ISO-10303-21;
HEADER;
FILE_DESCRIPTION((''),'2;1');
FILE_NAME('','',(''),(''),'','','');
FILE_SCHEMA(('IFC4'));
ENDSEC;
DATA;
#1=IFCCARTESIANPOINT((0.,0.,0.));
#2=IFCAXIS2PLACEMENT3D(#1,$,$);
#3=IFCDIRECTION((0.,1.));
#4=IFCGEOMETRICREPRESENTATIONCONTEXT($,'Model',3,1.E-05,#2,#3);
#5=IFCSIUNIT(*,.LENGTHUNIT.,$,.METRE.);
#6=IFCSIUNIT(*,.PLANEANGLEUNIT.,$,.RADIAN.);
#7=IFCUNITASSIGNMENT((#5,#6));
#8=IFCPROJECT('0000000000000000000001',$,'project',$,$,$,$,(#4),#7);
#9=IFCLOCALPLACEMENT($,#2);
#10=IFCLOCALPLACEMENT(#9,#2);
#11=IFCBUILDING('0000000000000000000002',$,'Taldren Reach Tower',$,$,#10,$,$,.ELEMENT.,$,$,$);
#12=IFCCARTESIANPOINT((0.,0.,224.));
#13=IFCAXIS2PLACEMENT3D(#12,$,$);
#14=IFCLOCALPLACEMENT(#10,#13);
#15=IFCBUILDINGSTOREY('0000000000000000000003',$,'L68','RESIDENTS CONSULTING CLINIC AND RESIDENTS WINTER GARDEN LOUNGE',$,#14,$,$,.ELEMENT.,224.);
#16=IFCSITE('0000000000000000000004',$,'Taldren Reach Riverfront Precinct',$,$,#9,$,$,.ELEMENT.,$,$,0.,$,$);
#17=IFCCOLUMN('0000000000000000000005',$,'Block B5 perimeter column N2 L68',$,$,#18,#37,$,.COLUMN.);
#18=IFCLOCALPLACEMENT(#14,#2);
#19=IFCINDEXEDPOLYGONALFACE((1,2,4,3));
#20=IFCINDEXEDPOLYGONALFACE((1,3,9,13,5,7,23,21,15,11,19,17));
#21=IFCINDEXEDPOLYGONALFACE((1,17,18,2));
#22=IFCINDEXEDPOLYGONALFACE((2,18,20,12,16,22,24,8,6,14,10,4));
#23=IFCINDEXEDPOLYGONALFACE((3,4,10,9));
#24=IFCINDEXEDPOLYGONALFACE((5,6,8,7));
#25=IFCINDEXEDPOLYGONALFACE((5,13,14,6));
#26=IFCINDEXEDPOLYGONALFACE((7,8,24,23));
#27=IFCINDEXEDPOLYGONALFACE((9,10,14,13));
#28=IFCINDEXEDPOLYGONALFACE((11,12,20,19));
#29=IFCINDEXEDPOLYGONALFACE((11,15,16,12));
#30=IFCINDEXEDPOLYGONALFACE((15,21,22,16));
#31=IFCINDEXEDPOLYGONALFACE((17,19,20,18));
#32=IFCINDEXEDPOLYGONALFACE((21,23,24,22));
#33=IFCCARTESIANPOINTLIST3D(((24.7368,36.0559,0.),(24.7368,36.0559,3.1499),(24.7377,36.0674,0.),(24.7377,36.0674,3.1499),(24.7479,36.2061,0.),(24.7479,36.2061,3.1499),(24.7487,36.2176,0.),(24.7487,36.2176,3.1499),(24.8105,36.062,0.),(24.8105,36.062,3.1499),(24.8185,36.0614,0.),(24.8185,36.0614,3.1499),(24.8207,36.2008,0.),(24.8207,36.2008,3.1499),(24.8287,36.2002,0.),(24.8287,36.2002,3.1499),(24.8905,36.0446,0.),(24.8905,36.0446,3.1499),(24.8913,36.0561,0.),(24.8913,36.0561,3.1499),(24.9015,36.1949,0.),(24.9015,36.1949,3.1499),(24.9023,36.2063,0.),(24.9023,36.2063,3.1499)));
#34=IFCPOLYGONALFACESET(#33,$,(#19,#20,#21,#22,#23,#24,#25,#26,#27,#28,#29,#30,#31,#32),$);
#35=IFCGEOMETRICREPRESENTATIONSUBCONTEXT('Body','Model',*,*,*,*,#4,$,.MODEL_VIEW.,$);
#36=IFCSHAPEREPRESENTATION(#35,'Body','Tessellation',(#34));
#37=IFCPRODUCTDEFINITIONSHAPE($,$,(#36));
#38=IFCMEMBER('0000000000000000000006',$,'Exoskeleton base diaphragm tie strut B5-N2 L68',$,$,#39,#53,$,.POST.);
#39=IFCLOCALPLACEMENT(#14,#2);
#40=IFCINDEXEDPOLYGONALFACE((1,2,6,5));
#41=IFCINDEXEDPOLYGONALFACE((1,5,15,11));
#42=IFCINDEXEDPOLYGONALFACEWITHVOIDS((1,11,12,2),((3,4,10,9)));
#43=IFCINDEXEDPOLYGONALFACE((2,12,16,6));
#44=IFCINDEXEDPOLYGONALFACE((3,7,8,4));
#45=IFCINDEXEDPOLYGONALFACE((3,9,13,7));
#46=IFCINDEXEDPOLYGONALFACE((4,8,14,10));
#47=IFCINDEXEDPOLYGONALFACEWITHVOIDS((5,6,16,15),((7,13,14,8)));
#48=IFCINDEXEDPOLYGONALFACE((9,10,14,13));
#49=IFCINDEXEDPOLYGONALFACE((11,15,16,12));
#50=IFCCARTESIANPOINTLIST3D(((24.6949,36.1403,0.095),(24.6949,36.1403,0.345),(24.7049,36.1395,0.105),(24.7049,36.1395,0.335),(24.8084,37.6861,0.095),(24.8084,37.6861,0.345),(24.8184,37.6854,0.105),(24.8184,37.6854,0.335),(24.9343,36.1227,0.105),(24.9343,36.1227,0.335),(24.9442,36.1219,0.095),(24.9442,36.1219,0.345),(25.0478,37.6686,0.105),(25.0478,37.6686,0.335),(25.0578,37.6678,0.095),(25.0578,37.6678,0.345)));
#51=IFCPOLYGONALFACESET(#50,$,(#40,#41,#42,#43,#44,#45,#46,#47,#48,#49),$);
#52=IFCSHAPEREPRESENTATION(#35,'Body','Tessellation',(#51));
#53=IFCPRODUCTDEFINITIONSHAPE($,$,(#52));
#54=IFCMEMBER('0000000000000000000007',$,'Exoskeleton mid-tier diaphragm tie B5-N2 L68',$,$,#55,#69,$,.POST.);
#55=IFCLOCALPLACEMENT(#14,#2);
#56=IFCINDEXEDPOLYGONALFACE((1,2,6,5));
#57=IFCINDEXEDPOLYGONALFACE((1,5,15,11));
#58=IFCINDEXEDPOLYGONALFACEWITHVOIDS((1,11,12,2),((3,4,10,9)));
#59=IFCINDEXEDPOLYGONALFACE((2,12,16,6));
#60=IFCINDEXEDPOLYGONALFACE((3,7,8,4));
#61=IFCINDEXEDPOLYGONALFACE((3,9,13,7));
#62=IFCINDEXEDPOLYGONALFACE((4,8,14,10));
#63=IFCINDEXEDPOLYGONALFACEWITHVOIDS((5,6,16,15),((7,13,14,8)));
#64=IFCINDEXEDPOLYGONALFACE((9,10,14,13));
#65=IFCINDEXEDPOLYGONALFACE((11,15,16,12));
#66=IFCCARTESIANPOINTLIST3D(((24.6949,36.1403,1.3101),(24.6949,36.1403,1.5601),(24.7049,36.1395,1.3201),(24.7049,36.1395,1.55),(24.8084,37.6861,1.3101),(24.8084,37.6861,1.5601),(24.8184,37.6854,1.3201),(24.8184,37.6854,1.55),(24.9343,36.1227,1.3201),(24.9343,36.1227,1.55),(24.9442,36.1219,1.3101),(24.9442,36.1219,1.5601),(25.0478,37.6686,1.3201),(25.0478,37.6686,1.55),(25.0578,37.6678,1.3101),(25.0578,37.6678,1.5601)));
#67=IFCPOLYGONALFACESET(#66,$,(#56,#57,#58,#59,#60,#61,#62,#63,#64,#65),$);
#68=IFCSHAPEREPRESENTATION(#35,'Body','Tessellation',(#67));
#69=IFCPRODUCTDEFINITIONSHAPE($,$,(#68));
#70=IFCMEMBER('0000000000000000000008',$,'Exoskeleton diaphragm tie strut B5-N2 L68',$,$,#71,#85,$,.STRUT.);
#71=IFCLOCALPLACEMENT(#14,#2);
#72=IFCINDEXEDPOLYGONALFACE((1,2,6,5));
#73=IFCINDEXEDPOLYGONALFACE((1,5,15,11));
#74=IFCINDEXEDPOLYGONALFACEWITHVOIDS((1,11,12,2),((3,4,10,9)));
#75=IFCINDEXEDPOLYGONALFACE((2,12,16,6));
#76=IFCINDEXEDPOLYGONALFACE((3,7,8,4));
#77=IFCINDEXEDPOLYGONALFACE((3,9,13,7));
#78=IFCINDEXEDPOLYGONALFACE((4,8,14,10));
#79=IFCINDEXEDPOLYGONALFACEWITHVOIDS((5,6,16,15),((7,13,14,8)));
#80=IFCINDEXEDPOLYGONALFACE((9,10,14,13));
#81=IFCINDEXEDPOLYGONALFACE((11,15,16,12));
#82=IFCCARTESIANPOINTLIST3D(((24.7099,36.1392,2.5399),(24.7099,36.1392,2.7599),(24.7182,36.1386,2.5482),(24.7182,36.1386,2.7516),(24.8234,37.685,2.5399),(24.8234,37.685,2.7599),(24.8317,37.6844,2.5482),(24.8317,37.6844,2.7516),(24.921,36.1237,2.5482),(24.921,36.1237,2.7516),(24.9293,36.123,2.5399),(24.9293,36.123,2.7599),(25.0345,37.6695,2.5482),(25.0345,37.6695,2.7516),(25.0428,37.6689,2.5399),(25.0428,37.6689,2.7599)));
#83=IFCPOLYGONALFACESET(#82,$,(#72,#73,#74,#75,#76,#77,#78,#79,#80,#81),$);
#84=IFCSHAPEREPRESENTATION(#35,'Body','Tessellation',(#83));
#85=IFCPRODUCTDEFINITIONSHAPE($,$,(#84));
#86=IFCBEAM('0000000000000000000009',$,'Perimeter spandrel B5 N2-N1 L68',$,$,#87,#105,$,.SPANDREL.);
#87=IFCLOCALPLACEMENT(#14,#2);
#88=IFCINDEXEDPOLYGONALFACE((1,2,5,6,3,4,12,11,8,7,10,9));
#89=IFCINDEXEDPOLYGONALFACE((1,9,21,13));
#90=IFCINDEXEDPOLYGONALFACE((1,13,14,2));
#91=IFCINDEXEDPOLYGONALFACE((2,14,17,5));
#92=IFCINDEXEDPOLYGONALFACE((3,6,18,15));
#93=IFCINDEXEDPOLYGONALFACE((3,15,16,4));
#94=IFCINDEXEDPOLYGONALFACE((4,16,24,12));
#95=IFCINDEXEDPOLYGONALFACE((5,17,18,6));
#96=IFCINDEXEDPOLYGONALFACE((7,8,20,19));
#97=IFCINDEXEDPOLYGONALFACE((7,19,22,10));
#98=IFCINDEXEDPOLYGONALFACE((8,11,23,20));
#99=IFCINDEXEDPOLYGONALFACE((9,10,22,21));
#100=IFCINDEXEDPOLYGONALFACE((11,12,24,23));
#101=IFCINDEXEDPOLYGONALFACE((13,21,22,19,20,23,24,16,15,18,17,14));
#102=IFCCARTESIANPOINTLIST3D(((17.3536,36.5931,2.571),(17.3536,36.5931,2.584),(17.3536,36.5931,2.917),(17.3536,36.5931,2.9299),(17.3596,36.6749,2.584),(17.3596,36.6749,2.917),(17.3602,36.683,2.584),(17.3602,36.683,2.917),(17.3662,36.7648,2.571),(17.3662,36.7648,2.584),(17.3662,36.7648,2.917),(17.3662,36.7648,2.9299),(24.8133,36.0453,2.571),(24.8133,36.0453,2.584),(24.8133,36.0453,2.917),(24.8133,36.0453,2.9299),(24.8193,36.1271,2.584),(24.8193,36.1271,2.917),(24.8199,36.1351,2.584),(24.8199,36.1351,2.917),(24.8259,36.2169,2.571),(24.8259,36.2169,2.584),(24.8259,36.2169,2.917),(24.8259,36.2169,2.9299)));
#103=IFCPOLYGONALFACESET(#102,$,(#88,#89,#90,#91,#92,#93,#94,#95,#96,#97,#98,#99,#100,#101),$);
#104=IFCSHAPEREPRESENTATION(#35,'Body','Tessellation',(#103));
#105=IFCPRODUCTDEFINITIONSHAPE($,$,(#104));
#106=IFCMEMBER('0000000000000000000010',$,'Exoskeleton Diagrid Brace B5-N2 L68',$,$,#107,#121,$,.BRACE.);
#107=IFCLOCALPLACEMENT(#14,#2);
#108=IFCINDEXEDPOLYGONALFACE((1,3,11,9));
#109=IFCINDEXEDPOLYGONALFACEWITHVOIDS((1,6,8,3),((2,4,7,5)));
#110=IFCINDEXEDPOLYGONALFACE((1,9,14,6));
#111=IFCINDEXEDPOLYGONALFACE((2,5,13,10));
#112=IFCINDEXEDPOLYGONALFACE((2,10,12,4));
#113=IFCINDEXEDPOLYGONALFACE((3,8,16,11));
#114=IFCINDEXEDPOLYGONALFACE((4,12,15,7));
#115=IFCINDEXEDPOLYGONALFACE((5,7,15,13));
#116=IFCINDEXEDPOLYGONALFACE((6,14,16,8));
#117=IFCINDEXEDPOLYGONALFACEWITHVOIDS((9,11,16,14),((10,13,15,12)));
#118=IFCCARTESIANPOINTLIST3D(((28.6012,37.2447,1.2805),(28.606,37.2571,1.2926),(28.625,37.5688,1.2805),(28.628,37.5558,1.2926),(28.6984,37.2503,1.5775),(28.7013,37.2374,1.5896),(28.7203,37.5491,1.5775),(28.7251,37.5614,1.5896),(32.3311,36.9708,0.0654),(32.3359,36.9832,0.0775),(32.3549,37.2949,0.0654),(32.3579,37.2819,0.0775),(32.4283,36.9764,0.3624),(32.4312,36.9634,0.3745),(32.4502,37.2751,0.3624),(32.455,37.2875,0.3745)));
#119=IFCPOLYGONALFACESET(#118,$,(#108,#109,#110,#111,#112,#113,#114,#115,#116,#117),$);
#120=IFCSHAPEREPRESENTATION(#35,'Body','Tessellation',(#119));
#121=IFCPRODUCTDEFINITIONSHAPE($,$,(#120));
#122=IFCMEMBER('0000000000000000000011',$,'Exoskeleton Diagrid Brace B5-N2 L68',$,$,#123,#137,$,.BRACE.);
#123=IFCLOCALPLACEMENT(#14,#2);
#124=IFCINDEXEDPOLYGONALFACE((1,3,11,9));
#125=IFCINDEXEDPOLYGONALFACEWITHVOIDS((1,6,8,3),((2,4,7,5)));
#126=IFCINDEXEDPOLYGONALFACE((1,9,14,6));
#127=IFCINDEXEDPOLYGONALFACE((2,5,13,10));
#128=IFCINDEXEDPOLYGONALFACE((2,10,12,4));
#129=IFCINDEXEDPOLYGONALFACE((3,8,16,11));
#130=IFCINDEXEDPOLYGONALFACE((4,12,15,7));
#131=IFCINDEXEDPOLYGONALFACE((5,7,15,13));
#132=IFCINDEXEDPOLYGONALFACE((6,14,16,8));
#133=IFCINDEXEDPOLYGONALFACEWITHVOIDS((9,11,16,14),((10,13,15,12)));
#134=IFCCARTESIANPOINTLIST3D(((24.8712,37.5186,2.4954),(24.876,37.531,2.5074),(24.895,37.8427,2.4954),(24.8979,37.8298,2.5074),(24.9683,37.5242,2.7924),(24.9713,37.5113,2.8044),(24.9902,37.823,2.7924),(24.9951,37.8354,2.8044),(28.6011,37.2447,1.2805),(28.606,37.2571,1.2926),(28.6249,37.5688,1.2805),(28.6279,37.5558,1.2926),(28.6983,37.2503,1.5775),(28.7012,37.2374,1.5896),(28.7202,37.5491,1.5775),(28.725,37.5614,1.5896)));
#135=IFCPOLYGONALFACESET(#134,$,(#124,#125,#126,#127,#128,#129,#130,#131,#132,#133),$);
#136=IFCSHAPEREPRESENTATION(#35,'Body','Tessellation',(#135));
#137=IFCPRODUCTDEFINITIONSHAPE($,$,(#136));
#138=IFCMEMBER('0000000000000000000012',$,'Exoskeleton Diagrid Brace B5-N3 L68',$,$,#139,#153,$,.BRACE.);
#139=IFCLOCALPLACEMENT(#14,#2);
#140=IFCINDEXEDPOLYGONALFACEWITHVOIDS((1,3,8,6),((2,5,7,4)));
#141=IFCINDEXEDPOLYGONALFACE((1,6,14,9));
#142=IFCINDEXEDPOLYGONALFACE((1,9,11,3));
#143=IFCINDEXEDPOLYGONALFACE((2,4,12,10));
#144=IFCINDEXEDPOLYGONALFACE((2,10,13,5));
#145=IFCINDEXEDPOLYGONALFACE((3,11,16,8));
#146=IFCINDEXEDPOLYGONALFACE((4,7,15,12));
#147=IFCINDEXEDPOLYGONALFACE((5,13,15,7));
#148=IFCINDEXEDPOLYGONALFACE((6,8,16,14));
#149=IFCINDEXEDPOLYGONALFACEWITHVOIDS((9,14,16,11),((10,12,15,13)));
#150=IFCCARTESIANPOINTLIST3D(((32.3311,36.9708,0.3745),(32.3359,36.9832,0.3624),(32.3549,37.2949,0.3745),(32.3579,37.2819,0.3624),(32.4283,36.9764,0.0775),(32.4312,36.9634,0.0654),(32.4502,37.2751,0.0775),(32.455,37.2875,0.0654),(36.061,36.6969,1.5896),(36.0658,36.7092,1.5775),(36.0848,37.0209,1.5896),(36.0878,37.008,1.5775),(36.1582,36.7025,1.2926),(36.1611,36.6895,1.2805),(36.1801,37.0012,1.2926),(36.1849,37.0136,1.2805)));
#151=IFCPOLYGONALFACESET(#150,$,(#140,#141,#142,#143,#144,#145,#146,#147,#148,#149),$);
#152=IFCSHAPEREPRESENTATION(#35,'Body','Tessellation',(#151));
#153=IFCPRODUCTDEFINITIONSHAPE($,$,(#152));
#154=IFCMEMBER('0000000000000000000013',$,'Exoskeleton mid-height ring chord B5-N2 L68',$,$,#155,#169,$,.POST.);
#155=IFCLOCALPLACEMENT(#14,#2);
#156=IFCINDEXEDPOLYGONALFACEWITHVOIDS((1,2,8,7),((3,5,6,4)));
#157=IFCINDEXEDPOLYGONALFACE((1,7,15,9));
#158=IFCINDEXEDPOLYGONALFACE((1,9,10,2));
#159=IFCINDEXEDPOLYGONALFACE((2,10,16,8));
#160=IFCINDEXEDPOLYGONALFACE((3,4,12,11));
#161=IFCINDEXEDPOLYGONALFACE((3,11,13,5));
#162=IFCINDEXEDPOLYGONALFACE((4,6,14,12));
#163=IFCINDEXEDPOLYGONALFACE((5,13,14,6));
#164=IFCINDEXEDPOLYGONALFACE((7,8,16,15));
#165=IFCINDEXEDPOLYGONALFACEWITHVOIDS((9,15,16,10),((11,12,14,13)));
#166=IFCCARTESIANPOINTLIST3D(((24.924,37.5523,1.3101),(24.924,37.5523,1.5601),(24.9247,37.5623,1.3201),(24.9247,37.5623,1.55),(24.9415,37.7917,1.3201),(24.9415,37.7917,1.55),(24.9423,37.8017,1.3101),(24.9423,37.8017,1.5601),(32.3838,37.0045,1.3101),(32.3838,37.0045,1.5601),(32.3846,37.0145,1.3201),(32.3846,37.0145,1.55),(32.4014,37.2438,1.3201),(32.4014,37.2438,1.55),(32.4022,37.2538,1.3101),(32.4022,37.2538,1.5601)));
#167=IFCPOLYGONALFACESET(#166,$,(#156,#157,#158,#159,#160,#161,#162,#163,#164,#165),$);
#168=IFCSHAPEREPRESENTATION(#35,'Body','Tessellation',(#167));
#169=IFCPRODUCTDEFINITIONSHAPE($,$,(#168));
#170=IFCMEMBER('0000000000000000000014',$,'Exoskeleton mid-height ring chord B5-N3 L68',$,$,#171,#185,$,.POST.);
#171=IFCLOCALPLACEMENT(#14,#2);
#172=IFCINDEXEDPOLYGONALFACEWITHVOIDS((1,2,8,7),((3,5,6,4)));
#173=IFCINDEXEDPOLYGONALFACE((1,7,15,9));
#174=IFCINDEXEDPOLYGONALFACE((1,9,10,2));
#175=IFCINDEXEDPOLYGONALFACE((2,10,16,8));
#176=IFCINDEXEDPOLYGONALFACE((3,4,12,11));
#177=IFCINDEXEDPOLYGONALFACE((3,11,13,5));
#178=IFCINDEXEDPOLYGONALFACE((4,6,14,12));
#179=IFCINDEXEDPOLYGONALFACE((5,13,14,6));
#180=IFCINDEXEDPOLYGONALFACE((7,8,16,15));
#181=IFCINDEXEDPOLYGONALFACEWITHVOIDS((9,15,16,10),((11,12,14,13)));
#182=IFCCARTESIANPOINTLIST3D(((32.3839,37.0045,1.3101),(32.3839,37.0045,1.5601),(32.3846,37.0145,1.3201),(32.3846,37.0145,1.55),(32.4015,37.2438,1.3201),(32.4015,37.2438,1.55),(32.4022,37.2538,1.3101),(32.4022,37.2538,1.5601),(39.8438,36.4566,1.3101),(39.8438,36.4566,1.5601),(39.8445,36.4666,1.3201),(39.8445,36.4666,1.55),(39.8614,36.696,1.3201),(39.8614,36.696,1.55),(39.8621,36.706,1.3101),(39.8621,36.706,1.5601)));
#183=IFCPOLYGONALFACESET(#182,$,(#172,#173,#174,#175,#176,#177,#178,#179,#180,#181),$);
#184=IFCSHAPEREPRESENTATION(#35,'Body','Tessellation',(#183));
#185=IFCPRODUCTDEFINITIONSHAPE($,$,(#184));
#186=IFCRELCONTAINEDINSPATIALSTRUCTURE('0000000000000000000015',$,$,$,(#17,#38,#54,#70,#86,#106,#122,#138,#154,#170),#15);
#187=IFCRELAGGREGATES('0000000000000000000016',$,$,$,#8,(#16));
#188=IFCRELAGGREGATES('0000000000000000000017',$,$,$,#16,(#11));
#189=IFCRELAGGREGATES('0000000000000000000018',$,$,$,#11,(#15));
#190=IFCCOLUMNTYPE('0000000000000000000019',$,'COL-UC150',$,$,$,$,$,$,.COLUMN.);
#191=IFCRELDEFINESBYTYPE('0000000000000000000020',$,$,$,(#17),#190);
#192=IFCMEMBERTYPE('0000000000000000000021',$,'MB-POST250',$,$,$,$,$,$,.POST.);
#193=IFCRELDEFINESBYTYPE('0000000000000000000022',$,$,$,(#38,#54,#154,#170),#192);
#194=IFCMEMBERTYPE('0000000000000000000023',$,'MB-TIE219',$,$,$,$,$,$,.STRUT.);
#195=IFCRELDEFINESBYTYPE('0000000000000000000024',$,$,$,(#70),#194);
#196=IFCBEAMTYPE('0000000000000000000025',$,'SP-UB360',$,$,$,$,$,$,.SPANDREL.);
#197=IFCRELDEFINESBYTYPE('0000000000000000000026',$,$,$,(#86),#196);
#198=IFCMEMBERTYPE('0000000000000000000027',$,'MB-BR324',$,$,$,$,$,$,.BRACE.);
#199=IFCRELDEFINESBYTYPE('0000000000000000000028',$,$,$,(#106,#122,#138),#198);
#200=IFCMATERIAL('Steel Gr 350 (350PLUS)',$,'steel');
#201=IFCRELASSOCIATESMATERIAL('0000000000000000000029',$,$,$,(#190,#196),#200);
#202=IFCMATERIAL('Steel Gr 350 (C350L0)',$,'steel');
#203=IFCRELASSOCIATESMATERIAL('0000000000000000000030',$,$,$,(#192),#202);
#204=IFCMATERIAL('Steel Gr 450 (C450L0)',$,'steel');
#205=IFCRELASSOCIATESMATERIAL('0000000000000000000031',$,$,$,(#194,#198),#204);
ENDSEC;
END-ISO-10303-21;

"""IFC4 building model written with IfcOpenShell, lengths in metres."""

from ifc_helpers import new_model, si_unit, direction, frame, origin, origin_2d, place, context, subcontext, project, spatial, hollow_rectangle, i_section, extrude, source, transform, mapped, material, material_profile, profile_set, type_object, element, save


model = new_model("IFC4")

# Units and contexts
model_context = context("Model", 3, precision=1e-05, world=origin(), true_north=direction((0.0, 1.0)))
body_context = subcontext(model_context, "Body", "Model", "MODEL_VIEW")
ifc_project = project(units=[si_unit("LENGTHUNIT", "METRE"), si_unit("PLANEANGLEUNIT", "RADIAN")], contexts=[model_context])

# Site, building, storey
site_placement = place(None, origin())
site = spatial("IfcSite", under=ifc_project, at=site_placement, Name="Taldren Reach Riverfront Precinct", CompositionType="ELEMENT", RefElevation=0.0)
building_placement = place(site_placement, origin())
building = spatial("IfcBuilding", under=site, at=building_placement, Name="Taldren Reach Tower", CompositionType="ELEMENT")
storey_placement = place(building_placement, frame((0.0, 0.0, 224.0)))
storey = spatial("IfcBuildingStorey", under=building, at=storey_placement, Name="L68", Description="RESIDENTS CONSULTING CLINIC AND RESIDENTS WINTER GARDEN LOUNGE", CompositionType="ELEMENT", Elevation=224.0)

# Column
ifc_material_1 = material(Name="Steel Gr 350 (350PLUS)", Category="steel")
ifc_material_profile_1 = material_profile(ifc_material_1, i_section(OverallWidth=0.1541, OverallDepth=0.1621, WebThickness=0.0081, FlangeThickness=0.0115, at=origin_2d()), Name="150UC37.2")
ifc_profile_set_1 = profile_set([ifc_material_profile_1], Name="Steel Gr 350 (350PLUS)")
column_type = type_object("IfcColumnType", Name="COL-UC150", PredefinedType="COLUMN", material=ifc_profile_set_1)
shared_shape_1 = source(origin(), body_context, "Body", "SweptSolid", [
    extrude(i_section(OverallWidth=0.1541, OverallDepth=0.1621, WebThickness=0.0081, FlangeThickness=0.0115, at=origin_2d()), origin(), (0.0, 0.0, 1.0), 3.1499),
])
column_placement = place(storey_placement, frame((24.8196, 36.1311, 0.0), z_axis=(0.0, 0.0, 1.0), x_axis=(0.997314, -0.073238, 0.0)))
element("IfcColumn", 1, at=column_placement, inside=storey, type_object=column_type, Name="Block B5 perimeter column N2 L68", PredefinedType="COLUMN", context=body_context, shape_type="MappedRepresentation", body=[
    mapped(shared_shape_1, transform((0.0, 0.0, 0.0), scale=1.0)),
])

# Members
ifc_material_2 = material(Name="Steel Gr 350 (C350L0)", Category="steel")
ifc_material_profile_2 = material_profile(ifc_material_2, hollow_rectangle(XDim=0.25, YDim=0.25, WallThickness=0.01, at=origin_2d()), Name="250x250x10.0SHS")
ifc_profile_set_2 = profile_set([ifc_material_profile_2], Name="Steel Gr 350 (C350L0)")
member_type_1 = type_object("IfcMemberType", Name="MB-POST250", PredefinedType="POST", material=ifc_profile_set_2)
shared_shape_2 = source(origin(), body_context, "Body", "SweptSolid", [
    extrude(hollow_rectangle(XDim=0.25, YDim=0.25, WallThickness=0.01, at=origin_2d()), origin(), (0.0, 0.0, 1.0), 1.55),
])
for number, where, z_axis, x_axis, name in (
    (2, (24.8196, 36.1311, 0.22), (0.073239, 0.997314, 0.0), (-0.997314, 0.073239, 0.0), "Exoskeleton base diaphragm tie strut B5-N2 L68"),
    (3, (24.8196, 36.1311, 1.4351), (0.073239, 0.997314, 0.0), (-0.997314, 0.073239, 0.0), "Exoskeleton mid-tier diaphragm tie B5-N2 L68"),
):
    element("IfcMember", number, at=place(storey_placement, frame(where, z_axis=z_axis, x_axis=x_axis)), inside=storey, type_object=member_type_1, Name=name, PredefinedType="POST", context=body_context, shape_type="MappedRepresentation", body=[
        mapped(shared_shape_2, transform((0.0, 0.0, 0.0), scale=1.0)),
    ])
ifc_material_3 = material(Name="Steel Gr 450 (C450L0)", Category="steel")
ifc_material_profile_3 = material_profile(ifc_material_3, hollow_rectangle(XDim=0.22, YDim=0.22, WallThickness=0.0083, at=origin_2d()), Name="220x220x8.2SHS")
ifc_profile_set_3 = profile_set([ifc_material_profile_3], Name="Steel Gr 450 (C450L0)")
member_type_2 = type_object("IfcMemberType", Name="MB-TIE219", PredefinedType="STRUT", material=ifc_profile_set_3)
shared_shape_3 = source(origin(), body_context, "Body", "SweptSolid", [
    extrude(hollow_rectangle(XDim=0.22, YDim=0.22, WallThickness=0.0083, at=origin_2d()), origin(), (0.0, 0.0, 1.0), 1.55),
])
member_1_placement = place(storey_placement, frame((24.8196, 36.1311, 2.6499), z_axis=(0.073239, 0.997314, 0.0), x_axis=(-0.997314, 0.073239, 0.0)))
element("IfcMember", 4, at=member_1_placement, inside=storey, type_object=member_type_2, Name="Exoskeleton diaphragm tie strut B5-N2 L68", PredefinedType="STRUT", context=body_context, shape_type="MappedRepresentation", body=[
    mapped(shared_shape_3, transform((0.0, 0.0, 0.0), scale=1.0)),
])

# Beam
ifc_material_profile_4 = material_profile(ifc_material_1, i_section(OverallWidth=0.1721, OverallDepth=0.3589, WebThickness=0.0081, FlangeThickness=0.0129, at=origin_2d()), Name="360UB56.7")
ifc_profile_set_4 = profile_set([ifc_material_profile_4], Name="Steel Gr 350 (350PLUS)")
beam_type = type_object("IfcBeamType", Name="SP-UB360", PredefinedType="SPANDREL", material=ifc_profile_set_4)
shared_shape_4 = source(origin(), body_context, "Body", "SweptSolid", [
    extrude(i_section(OverallWidth=0.1721, OverallDepth=0.3589, WebThickness=0.0081, FlangeThickness=0.0129, at=origin_2d()), origin(), (0.0, 0.0, 1.0), 7.4797),
])
beam_placement = place(storey_placement, frame((24.8196, 36.1311, 2.7505), z_axis=(-0.997314, 0.073244, 0.0), x_axis=(-0.073244, -0.997314, 0.0)))
element("IfcBeam", 5, at=beam_placement, inside=storey, type_object=beam_type, Name="Perimeter spandrel B5 N2-N1 L68", PredefinedType="SPANDREL", context=body_context, shape_type="MappedRepresentation", body=[
    mapped(shared_shape_4, transform((0.0, 0.0, 0.0), scale=1.0)),
])

# Members
ifc_material_profile_5 = material_profile(ifc_material_3, hollow_rectangle(XDim=0.325, YDim=0.325, WallThickness=0.0127, at=origin_2d()), Name="325x325x12.7SHS")
ifc_profile_set_5 = profile_set([ifc_material_profile_5], Name="Steel Gr 450 (C450L0)")
member_type_3 = type_object("IfcMemberType", Name="MB-BR324", PredefinedType="BRACE", material=ifc_profile_set_5)
shared_shape_5 = source(origin(), body_context, "Body", "SweptSolid", [
    extrude(hollow_rectangle(XDim=0.325, YDim=0.325, WallThickness=0.0127, at=origin_2d()), origin(), (0.0, 0.0, 1.0), 3.9324),
])
for number, where, z_axis, x_axis, name in (
    (6, (32.3931, 37.1292, 0.22), (-0.948511, 0.069658, 0.308989), (-0.073242, -0.997314, 0.0), "Exoskeleton Diagrid Brace B5-N2 L68"),
    (7, (28.6631, 37.4031, 1.4351), (-0.948529, 0.069659, 0.308933), (-0.073242, -0.997314, 0.0), "Exoskeleton Diagrid Brace B5-N2 L68"),
    (8, (32.3931, 37.1292, 0.22), (0.948511, -0.069658, 0.308989), (0.073242, 0.997314, 0.0), "Exoskeleton Diagrid Brace B5-N3 L68"),
):
    element("IfcMember", number, at=place(storey_placement, frame(where, z_axis=z_axis, x_axis=x_axis)), inside=storey, type_object=member_type_3, Name=name, PredefinedType="BRACE", context=body_context, shape_type="MappedRepresentation", body=[
        mapped(shared_shape_5, transform((0.0, 0.0, 0.0), scale=1.0)),
    ])
shared_shape_6 = source(origin(), body_context, "Body", "SweptSolid", [
    extrude(hollow_rectangle(XDim=0.25, YDim=0.25, WallThickness=0.01, at=origin_2d()), origin(), (0.0, 0.0, 1.0), 7.48),
])
for number, where, z_axis, x_axis, name in (
    (9, (24.9331, 37.677, 1.4351), (0.997314, -0.073242, 0.0), (0.073242, 0.997314, 0.0), "Exoskeleton mid-height ring chord B5-N2 L68"),
    (10, (32.3931, 37.1292, 1.4351), (0.997314, -0.073242, 0.0), (0.073242, 0.997314, 0.0), "Exoskeleton mid-height ring chord B5-N3 L68"),
):
    element("IfcMember", number, at=place(storey_placement, frame(where, z_axis=z_axis, x_axis=x_axis)), inside=storey, type_object=member_type_1, Name=name, PredefinedType="POST", context=body_context, shape_type="MappedRepresentation", body=[
        mapped(shared_shape_6, transform((0.0, 0.0, 0.0), scale=1.0)),
    ])

save(model, "model.ifc")
